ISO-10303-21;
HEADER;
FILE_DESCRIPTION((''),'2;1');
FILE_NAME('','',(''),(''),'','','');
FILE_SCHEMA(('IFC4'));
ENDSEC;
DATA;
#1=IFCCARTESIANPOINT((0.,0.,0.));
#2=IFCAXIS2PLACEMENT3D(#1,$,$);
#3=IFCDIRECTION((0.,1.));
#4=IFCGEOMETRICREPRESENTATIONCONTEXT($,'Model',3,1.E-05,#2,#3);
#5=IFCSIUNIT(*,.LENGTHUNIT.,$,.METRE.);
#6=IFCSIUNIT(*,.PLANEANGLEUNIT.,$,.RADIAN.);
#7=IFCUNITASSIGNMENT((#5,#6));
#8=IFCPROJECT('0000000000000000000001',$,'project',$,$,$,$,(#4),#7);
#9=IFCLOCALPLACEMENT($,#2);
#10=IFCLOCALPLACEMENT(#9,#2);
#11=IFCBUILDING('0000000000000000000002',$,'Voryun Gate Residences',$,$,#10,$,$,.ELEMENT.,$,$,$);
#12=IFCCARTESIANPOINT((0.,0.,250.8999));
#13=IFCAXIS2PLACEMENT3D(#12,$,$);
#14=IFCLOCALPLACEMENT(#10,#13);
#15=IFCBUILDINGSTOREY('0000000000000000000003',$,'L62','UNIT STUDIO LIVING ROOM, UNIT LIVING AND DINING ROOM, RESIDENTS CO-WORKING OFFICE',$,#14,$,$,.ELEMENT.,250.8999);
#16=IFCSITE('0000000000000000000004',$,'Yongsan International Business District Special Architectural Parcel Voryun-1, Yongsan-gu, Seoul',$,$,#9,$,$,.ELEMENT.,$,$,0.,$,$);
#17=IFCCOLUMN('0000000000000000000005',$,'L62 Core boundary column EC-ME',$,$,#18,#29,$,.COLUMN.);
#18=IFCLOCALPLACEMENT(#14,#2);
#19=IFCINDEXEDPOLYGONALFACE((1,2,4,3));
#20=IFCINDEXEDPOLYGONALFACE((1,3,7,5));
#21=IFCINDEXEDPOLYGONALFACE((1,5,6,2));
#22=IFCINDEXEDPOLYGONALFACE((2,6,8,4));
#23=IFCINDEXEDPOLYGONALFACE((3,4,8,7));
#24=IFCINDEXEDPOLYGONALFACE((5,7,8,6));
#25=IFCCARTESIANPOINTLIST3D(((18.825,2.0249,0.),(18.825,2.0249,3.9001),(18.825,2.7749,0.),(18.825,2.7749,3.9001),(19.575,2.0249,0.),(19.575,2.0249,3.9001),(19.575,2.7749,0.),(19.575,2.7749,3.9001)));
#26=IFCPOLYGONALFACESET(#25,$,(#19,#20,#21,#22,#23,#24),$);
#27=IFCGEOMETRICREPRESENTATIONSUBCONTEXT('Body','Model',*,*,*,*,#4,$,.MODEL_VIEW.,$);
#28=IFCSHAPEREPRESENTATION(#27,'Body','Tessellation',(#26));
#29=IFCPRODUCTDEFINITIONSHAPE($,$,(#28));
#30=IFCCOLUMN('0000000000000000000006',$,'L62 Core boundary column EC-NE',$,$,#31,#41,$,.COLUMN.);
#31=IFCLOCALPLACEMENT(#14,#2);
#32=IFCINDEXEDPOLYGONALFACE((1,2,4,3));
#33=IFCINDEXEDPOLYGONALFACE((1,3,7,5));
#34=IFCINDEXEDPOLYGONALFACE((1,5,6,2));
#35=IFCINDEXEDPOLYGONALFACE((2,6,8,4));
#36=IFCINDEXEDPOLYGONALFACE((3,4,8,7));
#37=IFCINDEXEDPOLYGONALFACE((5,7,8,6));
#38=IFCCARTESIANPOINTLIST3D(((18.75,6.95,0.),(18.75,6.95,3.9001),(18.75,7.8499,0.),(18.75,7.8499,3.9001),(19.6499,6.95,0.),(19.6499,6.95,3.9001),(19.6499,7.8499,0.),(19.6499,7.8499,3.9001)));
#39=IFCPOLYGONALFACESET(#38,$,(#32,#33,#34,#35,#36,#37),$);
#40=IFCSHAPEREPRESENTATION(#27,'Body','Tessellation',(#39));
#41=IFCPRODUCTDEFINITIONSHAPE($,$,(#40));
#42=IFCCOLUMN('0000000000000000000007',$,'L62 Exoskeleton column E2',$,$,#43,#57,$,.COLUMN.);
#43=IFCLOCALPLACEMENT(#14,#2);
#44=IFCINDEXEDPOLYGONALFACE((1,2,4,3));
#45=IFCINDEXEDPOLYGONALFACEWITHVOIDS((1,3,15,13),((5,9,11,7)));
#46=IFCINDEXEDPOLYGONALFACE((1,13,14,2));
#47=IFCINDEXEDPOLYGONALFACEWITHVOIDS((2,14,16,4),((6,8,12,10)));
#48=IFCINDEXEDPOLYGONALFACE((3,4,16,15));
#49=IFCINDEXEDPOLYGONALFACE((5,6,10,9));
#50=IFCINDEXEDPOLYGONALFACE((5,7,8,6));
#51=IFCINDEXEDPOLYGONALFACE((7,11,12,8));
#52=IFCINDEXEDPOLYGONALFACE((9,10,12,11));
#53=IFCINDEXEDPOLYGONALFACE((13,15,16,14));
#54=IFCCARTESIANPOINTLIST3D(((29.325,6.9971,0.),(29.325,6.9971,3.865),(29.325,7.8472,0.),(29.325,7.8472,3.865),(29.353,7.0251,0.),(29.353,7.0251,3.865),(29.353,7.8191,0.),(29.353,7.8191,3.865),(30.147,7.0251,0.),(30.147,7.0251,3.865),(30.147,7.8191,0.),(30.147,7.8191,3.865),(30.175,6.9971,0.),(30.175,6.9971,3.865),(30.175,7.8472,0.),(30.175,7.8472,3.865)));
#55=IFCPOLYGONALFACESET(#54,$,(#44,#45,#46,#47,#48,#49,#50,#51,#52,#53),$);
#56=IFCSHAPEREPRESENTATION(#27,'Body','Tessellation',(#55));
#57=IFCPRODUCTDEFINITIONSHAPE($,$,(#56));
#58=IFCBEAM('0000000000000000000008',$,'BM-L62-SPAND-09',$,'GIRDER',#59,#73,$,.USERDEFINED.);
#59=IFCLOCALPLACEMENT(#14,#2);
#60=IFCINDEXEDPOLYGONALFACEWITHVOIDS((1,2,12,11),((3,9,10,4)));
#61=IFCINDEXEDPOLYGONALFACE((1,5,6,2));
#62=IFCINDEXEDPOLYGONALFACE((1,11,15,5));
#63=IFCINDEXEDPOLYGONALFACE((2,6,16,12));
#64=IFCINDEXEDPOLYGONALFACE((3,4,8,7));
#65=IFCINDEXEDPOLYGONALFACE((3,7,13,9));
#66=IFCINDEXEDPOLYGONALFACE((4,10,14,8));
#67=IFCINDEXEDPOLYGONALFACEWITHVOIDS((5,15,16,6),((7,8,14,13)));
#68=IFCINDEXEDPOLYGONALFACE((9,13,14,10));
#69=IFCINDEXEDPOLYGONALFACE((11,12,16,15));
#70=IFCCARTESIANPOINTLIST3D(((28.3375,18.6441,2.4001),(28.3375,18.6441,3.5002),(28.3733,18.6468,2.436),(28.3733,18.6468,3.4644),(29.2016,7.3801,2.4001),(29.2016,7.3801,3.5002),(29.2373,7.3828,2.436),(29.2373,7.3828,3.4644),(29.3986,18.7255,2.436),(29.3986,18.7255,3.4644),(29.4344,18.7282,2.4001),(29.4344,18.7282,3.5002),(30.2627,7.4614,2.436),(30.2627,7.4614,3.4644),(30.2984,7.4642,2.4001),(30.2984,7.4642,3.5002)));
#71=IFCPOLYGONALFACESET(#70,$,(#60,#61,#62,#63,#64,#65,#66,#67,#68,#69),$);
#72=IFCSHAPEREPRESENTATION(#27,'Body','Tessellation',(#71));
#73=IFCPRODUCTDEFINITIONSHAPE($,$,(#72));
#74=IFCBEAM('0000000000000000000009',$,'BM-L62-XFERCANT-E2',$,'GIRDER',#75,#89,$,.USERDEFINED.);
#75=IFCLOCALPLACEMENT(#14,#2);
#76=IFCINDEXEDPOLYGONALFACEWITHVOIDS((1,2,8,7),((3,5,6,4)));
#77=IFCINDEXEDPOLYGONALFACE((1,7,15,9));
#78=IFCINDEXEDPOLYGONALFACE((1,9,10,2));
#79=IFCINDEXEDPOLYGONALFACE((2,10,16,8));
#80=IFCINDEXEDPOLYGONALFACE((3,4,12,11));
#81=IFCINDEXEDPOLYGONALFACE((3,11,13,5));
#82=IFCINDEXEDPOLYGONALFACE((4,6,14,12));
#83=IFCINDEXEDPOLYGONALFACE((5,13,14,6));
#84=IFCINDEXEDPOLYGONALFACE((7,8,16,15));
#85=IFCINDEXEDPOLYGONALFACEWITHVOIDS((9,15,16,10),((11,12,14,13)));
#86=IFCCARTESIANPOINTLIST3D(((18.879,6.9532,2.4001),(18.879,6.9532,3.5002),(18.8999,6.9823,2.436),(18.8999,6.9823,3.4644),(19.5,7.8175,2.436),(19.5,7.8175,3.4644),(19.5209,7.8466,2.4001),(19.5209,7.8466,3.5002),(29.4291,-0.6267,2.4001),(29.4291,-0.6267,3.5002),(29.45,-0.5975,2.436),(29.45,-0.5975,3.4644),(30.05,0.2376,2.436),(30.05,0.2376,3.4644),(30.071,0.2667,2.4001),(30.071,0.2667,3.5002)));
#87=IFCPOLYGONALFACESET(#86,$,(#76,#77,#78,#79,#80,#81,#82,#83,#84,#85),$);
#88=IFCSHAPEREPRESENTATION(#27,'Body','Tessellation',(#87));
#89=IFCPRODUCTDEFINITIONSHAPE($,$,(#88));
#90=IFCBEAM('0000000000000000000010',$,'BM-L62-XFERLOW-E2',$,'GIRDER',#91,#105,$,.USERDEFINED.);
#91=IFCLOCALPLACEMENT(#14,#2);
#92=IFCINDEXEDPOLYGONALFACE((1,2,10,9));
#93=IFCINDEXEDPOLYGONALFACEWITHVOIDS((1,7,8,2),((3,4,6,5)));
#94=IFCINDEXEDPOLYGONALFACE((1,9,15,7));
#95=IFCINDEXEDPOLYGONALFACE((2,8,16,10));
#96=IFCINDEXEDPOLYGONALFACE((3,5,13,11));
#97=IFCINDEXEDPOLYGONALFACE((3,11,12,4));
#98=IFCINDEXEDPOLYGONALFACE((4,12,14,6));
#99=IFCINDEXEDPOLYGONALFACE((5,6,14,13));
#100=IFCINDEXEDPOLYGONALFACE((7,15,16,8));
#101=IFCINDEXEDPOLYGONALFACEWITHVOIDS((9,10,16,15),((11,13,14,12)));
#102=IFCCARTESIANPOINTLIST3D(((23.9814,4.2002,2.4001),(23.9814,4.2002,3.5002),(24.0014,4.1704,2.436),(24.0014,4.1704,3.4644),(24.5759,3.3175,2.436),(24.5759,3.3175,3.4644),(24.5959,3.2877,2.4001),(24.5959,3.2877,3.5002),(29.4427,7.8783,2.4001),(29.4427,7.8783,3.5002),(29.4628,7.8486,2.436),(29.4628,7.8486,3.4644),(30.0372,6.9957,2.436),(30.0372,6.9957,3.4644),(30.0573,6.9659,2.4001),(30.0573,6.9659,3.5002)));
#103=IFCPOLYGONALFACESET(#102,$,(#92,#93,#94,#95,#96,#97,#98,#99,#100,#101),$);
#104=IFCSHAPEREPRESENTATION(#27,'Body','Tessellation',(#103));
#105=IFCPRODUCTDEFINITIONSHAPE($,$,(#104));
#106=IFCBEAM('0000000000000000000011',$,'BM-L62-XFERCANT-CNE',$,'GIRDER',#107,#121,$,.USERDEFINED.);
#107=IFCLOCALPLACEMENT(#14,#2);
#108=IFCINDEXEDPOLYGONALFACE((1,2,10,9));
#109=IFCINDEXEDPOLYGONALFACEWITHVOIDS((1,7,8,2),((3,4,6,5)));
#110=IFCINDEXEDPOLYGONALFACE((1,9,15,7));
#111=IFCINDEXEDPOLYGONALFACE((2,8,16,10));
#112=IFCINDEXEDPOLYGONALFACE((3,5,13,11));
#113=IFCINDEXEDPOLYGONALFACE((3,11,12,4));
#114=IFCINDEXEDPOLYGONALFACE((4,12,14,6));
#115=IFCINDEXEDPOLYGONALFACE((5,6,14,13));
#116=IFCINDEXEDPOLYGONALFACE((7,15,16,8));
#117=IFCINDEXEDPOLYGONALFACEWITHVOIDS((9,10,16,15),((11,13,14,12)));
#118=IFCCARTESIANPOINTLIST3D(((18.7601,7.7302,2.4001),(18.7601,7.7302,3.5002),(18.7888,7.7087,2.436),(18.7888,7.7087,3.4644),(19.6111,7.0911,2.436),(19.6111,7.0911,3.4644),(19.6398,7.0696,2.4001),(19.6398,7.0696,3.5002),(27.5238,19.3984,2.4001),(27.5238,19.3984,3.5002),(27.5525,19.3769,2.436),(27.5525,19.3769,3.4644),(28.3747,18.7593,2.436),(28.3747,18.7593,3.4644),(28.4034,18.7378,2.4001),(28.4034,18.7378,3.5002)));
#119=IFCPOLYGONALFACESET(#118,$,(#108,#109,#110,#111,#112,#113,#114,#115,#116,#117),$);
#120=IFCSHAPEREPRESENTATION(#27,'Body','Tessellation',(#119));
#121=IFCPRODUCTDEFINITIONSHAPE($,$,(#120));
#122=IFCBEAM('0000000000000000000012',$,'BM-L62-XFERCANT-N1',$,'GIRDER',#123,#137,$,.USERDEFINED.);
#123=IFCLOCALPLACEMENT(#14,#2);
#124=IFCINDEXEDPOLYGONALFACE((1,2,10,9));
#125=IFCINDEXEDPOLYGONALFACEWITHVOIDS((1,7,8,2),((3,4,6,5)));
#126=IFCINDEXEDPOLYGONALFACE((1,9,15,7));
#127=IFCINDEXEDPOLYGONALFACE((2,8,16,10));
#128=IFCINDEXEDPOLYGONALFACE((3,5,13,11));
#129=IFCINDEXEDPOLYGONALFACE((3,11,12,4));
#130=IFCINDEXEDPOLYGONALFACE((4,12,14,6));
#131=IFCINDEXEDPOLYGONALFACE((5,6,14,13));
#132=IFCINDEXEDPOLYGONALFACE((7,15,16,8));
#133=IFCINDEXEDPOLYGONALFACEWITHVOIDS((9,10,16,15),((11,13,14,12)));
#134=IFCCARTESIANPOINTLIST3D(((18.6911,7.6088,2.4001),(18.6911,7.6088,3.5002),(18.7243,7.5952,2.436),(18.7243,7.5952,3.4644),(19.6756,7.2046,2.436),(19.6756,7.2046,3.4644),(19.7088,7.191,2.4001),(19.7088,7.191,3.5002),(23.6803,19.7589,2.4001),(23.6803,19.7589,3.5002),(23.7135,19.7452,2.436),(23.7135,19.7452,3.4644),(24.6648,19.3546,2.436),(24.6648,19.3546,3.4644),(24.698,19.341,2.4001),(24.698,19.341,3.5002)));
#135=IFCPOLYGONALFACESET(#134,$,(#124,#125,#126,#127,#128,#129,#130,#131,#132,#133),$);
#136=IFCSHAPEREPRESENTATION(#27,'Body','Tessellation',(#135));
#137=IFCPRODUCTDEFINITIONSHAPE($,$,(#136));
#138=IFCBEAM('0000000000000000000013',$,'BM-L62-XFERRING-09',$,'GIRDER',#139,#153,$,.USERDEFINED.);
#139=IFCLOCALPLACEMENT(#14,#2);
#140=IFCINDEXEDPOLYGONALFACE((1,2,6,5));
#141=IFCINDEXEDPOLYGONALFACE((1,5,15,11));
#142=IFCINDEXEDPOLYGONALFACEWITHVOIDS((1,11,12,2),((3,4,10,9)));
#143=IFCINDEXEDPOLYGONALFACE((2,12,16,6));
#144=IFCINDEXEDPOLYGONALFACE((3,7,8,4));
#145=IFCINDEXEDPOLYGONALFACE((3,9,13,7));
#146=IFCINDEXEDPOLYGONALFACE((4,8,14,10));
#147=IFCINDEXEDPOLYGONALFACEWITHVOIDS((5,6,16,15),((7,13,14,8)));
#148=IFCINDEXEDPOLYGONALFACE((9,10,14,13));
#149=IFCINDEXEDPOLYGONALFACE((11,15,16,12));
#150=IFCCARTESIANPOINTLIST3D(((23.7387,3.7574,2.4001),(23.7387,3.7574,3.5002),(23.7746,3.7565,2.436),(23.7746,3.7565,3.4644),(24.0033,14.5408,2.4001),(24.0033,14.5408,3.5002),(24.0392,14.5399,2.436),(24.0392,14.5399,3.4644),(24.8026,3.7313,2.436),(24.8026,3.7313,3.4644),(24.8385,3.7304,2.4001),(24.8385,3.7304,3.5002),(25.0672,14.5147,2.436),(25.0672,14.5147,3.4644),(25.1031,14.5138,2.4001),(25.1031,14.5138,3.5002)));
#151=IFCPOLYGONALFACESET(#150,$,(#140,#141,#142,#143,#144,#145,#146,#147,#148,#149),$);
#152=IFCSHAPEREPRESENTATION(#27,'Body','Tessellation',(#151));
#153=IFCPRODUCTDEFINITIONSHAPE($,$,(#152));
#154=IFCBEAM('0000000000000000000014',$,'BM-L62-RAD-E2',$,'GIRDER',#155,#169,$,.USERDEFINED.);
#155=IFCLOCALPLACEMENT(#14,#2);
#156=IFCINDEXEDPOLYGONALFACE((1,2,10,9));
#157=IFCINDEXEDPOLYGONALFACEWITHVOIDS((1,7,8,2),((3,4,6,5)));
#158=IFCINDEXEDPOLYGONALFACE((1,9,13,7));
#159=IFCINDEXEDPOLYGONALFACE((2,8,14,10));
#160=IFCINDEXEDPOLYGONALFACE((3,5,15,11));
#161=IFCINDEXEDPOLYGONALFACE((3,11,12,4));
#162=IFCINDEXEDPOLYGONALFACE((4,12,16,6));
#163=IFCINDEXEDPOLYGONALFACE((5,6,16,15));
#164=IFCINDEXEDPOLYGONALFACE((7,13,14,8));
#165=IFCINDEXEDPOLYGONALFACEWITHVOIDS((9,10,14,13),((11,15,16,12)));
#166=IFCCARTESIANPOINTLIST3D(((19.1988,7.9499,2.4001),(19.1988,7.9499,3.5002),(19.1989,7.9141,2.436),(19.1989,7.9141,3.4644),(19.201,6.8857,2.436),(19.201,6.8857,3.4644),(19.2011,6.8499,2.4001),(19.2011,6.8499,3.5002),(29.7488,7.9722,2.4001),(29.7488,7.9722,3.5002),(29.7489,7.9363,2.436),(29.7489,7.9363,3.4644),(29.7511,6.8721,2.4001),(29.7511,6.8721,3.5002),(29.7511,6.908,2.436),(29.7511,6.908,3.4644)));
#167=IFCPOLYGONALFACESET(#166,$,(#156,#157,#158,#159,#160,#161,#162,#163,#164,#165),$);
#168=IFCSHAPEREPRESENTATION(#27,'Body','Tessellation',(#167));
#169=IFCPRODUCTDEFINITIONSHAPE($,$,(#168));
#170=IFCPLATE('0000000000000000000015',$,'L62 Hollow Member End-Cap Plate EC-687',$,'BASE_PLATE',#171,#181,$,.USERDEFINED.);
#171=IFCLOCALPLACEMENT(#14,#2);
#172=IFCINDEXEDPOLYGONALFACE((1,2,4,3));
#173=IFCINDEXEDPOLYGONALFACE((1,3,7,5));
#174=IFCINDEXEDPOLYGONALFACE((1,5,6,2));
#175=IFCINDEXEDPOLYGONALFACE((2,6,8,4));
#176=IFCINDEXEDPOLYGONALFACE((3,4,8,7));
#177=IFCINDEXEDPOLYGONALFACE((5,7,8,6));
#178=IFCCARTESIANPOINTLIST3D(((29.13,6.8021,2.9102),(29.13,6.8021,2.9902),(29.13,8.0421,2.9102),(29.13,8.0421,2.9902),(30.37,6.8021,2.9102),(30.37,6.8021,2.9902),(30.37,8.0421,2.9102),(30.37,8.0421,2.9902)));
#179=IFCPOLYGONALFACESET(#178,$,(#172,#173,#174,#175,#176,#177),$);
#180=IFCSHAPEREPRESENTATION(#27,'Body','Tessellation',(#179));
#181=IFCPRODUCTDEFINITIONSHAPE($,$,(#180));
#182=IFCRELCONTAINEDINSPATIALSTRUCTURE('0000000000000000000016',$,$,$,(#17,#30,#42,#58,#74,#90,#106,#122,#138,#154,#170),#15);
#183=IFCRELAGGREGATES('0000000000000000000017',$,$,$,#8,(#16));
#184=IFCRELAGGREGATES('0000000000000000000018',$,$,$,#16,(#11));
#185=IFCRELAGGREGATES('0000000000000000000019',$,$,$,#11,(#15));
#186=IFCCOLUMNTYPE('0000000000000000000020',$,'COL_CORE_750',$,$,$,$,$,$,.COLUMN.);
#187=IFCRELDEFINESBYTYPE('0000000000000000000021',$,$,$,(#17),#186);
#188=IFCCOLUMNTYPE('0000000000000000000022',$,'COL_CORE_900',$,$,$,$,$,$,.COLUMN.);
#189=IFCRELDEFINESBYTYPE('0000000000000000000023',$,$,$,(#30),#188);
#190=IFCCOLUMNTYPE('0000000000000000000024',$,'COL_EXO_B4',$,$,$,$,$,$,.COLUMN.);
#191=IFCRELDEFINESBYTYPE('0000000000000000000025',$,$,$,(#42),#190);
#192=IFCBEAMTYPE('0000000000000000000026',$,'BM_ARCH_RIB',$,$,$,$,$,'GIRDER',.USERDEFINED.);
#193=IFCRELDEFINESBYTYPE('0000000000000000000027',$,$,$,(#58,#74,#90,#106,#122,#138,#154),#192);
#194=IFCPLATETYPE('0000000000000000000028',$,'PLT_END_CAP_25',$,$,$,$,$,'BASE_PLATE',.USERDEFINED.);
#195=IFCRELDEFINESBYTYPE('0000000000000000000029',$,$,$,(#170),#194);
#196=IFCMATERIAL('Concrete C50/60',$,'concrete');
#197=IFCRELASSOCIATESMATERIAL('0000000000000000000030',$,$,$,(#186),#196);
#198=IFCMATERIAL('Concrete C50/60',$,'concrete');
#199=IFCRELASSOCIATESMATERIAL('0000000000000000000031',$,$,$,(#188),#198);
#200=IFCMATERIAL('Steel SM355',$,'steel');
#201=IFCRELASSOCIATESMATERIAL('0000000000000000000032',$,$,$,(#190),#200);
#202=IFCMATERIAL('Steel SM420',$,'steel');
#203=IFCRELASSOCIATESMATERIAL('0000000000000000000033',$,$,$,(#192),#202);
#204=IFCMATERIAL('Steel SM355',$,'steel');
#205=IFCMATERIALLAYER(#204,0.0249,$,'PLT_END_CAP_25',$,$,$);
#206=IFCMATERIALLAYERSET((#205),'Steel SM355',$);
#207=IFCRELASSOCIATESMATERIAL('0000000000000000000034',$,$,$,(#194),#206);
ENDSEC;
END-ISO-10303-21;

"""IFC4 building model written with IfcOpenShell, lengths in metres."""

from ifc_helpers import new_model, si_unit, direction, frame, origin, origin_2d, place, context, subcontext, project, spatial, rectangle, hollow_rectangle, extrude, material, layer, layer_set, material_profile, profile_set, type_object, element, save


model = new_model("IFC4")

# Units and contexts
model_context = context("Model", 3, precision=1e-05, world=origin(), true_north=direction((0.0, 1.0)))
body_context = subcontext(model_context, "Body", "Model", "MODEL_VIEW")
ifc_project = project(units=[si_unit("LENGTHUNIT", "METRE"), si_unit("PLANEANGLEUNIT", "RADIAN")], contexts=[model_context])

# Site, building, storey
site_placement = place(None, origin())
site = spatial("IfcSite", under=ifc_project, at=site_placement, Name="Yongsan International Business District Special Architectural Parcel Voryun-1, Yongsan-gu, Seoul", CompositionType="ELEMENT", RefElevation=0.0)
building_placement = place(site_placement, origin())
building = spatial("IfcBuilding", under=site, at=building_placement, Name="Voryun Gate Residences", CompositionType="ELEMENT")
storey_placement = place(building_placement, frame((0.0, 0.0, 250.8999)))
storey = spatial("IfcBuildingStorey", under=building, at=storey_placement, Name="L62", Description="UNIT STUDIO LIVING ROOM, UNIT LIVING AND DINING ROOM, RESIDENTS CO-WORKING OFFICE", CompositionType="ELEMENT", Elevation=250.8999)

# Columns
ifc_material_1 = material(Name="Concrete C50/60", Category="concrete")
ifc_material_profile_1 = material_profile(ifc_material_1, rectangle(XDim=0.75, YDim=0.75, at=origin_2d()), Name="RC-750x750")
ifc_profile_set_1 = profile_set([ifc_material_profile_1], Name="Concrete C50/60")
column_type_1 = type_object("IfcColumnType", Name="COL_CORE_750", PredefinedType="COLUMN", material=ifc_profile_set_1)
column_1_placement = place(storey_placement, frame((19.2, 2.3999, 0.0), z_axis=(0.0, 0.0, 1.0), x_axis=(1.0, 0.0, 0.0)))
element("IfcColumn", 1, at=column_1_placement, inside=storey, type_object=column_type_1, Name="L62 Core boundary column EC-ME", PredefinedType="COLUMN", context=body_context, shape_type="SweptSolid", body=[
    extrude(rectangle(XDim=0.75, YDim=0.75, at=origin_2d()), origin(), (0.0, 0.0, 1.0), 3.9001),
])
ifc_material_2 = material(Name="Concrete C50/60", Category="concrete")
ifc_material_profile_2 = material_profile(ifc_material_2, rectangle(XDim=0.8999, YDim=0.8999, at=origin_2d()), Name="RC-900x900")
ifc_profile_set_2 = profile_set([ifc_material_profile_2], Name="Concrete C50/60")
column_type_2 = type_object("IfcColumnType", Name="COL_CORE_900", PredefinedType="COLUMN", material=ifc_profile_set_2)
column_2_placement = place(storey_placement, frame((19.2, 7.3999, 0.0), z_axis=(0.0, 0.0, 1.0), x_axis=(1.0, 0.0, 0.0)))
element("IfcColumn", 2, at=column_2_placement, inside=storey, type_object=column_type_2, Name="L62 Core boundary column EC-NE", PredefinedType="COLUMN", context=body_context, shape_type="SweptSolid", body=[
    extrude(rectangle(XDim=0.8999, YDim=0.8999, at=origin_2d()), origin(), (0.0, 0.0, 1.0), 3.9001),
])
ifc_material_3 = material(Name="Steel SM355", Category="steel")
ifc_material_profile_3 = material_profile(ifc_material_3, hollow_rectangle(XDim=0.8501, YDim=0.8501, WallThickness=0.0281, at=origin_2d()), Name="BOX-850x850x28")
ifc_profile_set_3 = profile_set([ifc_material_profile_3], Name="Steel SM355")
column_type_3 = type_object("IfcColumnType", Name="COL_EXO_B4", PredefinedType="COLUMN", material=ifc_profile_set_3)
column_3_placement = place(storey_placement, frame((29.75, 7.4221, 0.0), z_axis=(0.0, 0.0, 1.0), x_axis=(1.0, 0.0, 0.0)))
element("IfcColumn", 3, at=column_3_placement, inside=storey, type_object=column_type_3, Name="L62 Exoskeleton column E2", PredefinedType="COLUMN", context=body_context, shape_type="SweptSolid", body=[
    extrude(hollow_rectangle(XDim=0.8501, YDim=0.8501, WallThickness=0.0281, at=origin_2d()), origin(), (0.0, 0.0, 1.0), 3.865),
])

# Beams
ifc_material_4 = material(Name="Steel SM420", Category="steel")
ifc_material_profile_4 = material_profile(ifc_material_4, hollow_rectangle(XDim=1.1001, YDim=1.1001, WallThickness=0.0359, at=origin_2d()), Name="BOX-1100x1100x36")
ifc_profile_set_4 = profile_set([ifc_material_profile_4], Name="Steel SM420")
beam_type = type_object("IfcBeamType", Name="BM_ARCH_RIB", ElementType="GIRDER", PredefinedType="USERDEFINED", material=ifc_profile_set_4)
beam_1_placement = place(storey_placement, frame((29.75, 7.4221, 2.9502), z_axis=(-0.076482, 0.997071, 0.0), x_axis=(-0.997071, -0.076482, 0.0)))
element("IfcBeam", 4, at=beam_1_placement, inside=storey, type_object=beam_type, Name="BM-L62-SPAND-09", ObjectType="GIRDER", PredefinedType="USERDEFINED", context=body_context, shape_type="SweptSolid", body=[
    extrude(hollow_rectangle(XDim=1.1001, YDim=1.1001, WallThickness=0.0359, at=origin_2d()), origin(), (0.0, 0.0, 1.0), 11.2971),
])
beam_2_placement = place(storey_placement, frame((19.2, 7.3999, 2.9502), z_axis=(0.812125, -0.583483, 0.0), x_axis=(0.583483, 0.812125, 0.0)))
element("IfcBeam", 5, at=beam_2_placement, inside=storey, type_object=beam_type, Name="BM-L62-XFERCANT-E2", ObjectType="GIRDER", PredefinedType="USERDEFINED", context=body_context, shape_type="SweptSolid", body=[
    extrude(hollow_rectangle(XDim=1.1001, YDim=1.1001, WallThickness=0.0359, at=origin_2d()), origin(), (0.0, 0.0, 1.0), 12.9907),
])
beam_3_placement = place(storey_placement, frame((29.75, 7.4221, 2.9502), z_axis=(-0.829429, -0.558613, 0.0), x_axis=(0.558613, -0.829429, 0.0)))
element("IfcBeam", 6, at=beam_3_placement, inside=storey, type_object=beam_type, Name="BM-L62-XFERLOW-E2", ObjectType="GIRDER", PredefinedType="USERDEFINED", context=body_context, shape_type="SweptSolid", body=[
    extrude(hollow_rectangle(XDim=1.1001, YDim=1.1001, WallThickness=0.0359, at=origin_2d()), origin(), (0.0, 0.0, 1.0), 6.5845),
])
beam_4_placement = place(storey_placement, frame((19.2, 7.3999, 2.9502), z_axis=(0.600549, 0.799588, 0.0), x_axis=(-0.799588, 0.600549, 0.0)))
element("IfcBeam", 7, at=beam_4_placement, inside=storey, type_object=beam_type, Name="BM-L62-XFERCANT-CNE", ObjectType="GIRDER", PredefinedType="USERDEFINED", context=body_context, shape_type="SweptSolid", body=[
    extrude(hollow_rectangle(XDim=1.1001, YDim=1.1001, WallThickness=0.0359, at=origin_2d()), origin(), (0.0, 0.0, 1.0), 14.5928),
])
beam_5_placement = place(storey_placement, frame((19.2, 7.3999, 2.9502), z_axis=(0.379855, 0.925046, 0.0), x_axis=(-0.925046, 0.379855, 0.0)))
element("IfcBeam", 8, at=beam_5_placement, inside=storey, type_object=beam_type, Name="BM-L62-XFERCANT-N1", ObjectType="GIRDER", PredefinedType="USERDEFINED", context=body_context, shape_type="SweptSolid", body=[
    extrude(hollow_rectangle(XDim=1.1001, YDim=1.1001, WallThickness=0.0359, at=origin_2d()), origin(), (0.0, 0.0, 1.0), 13.1345),
])
beam_6_placement = place(storey_placement, frame((24.2886, 3.7439, 2.9502), z_axis=(0.024535, 0.999699, 0.0), x_axis=(-0.999699, 0.024535, 0.0)))
element("IfcBeam", 9, at=beam_6_placement, inside=storey, type_object=beam_type, Name="BM-L62-XFERRING-09", ObjectType="GIRDER", PredefinedType="USERDEFINED", context=body_context, shape_type="SweptSolid", body=[
    extrude(hollow_rectangle(XDim=1.1001, YDim=1.1001, WallThickness=0.0359, at=origin_2d()), origin(), (0.0, 0.0, 1.0), 10.7866),
])
beam_7_placement = place(storey_placement, frame((19.2, 7.3999, 2.9502), z_axis=(0.999998, 0.002106, 0.0), x_axis=(-0.002106, 0.999998, 0.0)))
element("IfcBeam", 10, at=beam_7_placement, inside=storey, type_object=beam_type, Name="BM-L62-RAD-E2", ObjectType="GIRDER", PredefinedType="USERDEFINED", context=body_context, shape_type="SweptSolid", body=[
    extrude(hollow_rectangle(XDim=1.1001, YDim=1.1001, WallThickness=0.0359, at=origin_2d()), origin(), (0.0, 0.0, 1.0), 10.55),
])

# Plate
ifc_material_5 = material(Name="Steel SM355", Category="steel")
ifc_layer_1 = layer(ifc_material_5, 0.0249, Name="PLT_END_CAP_25")
ifc_layer_set_1 = layer_set([ifc_layer_1], Name="Steel SM355")
plate_type = type_object("IfcPlateType", Name="PLT_END_CAP_25", ElementType="BASE_PLATE", PredefinedType="USERDEFINED", material=ifc_layer_set_1)
for number, where, z_axis, x_axis, name in (
    (11, (29.75, 7.4221, 2.9102), (0.0, 0.0, 1.0), (1.0, 0.0, 0.0), "L62 Hollow Member End-Cap Plate EC-687"),
):
    element("IfcPlate", number, at=place(storey_placement, frame(where, z_axis=z_axis, x_axis=x_axis)), inside=storey, type_object=plate_type, Name=name, ObjectType="BASE_PLATE", PredefinedType="USERDEFINED", context=body_context, shape_type="SweptSolid", body=[
        extrude(rectangle(XDim=1.24, YDim=1.24, at=origin_2d()), origin(), (0.0, 0.0, 1.0), 0.0801),
    ])

save(model, "model.ifc")
